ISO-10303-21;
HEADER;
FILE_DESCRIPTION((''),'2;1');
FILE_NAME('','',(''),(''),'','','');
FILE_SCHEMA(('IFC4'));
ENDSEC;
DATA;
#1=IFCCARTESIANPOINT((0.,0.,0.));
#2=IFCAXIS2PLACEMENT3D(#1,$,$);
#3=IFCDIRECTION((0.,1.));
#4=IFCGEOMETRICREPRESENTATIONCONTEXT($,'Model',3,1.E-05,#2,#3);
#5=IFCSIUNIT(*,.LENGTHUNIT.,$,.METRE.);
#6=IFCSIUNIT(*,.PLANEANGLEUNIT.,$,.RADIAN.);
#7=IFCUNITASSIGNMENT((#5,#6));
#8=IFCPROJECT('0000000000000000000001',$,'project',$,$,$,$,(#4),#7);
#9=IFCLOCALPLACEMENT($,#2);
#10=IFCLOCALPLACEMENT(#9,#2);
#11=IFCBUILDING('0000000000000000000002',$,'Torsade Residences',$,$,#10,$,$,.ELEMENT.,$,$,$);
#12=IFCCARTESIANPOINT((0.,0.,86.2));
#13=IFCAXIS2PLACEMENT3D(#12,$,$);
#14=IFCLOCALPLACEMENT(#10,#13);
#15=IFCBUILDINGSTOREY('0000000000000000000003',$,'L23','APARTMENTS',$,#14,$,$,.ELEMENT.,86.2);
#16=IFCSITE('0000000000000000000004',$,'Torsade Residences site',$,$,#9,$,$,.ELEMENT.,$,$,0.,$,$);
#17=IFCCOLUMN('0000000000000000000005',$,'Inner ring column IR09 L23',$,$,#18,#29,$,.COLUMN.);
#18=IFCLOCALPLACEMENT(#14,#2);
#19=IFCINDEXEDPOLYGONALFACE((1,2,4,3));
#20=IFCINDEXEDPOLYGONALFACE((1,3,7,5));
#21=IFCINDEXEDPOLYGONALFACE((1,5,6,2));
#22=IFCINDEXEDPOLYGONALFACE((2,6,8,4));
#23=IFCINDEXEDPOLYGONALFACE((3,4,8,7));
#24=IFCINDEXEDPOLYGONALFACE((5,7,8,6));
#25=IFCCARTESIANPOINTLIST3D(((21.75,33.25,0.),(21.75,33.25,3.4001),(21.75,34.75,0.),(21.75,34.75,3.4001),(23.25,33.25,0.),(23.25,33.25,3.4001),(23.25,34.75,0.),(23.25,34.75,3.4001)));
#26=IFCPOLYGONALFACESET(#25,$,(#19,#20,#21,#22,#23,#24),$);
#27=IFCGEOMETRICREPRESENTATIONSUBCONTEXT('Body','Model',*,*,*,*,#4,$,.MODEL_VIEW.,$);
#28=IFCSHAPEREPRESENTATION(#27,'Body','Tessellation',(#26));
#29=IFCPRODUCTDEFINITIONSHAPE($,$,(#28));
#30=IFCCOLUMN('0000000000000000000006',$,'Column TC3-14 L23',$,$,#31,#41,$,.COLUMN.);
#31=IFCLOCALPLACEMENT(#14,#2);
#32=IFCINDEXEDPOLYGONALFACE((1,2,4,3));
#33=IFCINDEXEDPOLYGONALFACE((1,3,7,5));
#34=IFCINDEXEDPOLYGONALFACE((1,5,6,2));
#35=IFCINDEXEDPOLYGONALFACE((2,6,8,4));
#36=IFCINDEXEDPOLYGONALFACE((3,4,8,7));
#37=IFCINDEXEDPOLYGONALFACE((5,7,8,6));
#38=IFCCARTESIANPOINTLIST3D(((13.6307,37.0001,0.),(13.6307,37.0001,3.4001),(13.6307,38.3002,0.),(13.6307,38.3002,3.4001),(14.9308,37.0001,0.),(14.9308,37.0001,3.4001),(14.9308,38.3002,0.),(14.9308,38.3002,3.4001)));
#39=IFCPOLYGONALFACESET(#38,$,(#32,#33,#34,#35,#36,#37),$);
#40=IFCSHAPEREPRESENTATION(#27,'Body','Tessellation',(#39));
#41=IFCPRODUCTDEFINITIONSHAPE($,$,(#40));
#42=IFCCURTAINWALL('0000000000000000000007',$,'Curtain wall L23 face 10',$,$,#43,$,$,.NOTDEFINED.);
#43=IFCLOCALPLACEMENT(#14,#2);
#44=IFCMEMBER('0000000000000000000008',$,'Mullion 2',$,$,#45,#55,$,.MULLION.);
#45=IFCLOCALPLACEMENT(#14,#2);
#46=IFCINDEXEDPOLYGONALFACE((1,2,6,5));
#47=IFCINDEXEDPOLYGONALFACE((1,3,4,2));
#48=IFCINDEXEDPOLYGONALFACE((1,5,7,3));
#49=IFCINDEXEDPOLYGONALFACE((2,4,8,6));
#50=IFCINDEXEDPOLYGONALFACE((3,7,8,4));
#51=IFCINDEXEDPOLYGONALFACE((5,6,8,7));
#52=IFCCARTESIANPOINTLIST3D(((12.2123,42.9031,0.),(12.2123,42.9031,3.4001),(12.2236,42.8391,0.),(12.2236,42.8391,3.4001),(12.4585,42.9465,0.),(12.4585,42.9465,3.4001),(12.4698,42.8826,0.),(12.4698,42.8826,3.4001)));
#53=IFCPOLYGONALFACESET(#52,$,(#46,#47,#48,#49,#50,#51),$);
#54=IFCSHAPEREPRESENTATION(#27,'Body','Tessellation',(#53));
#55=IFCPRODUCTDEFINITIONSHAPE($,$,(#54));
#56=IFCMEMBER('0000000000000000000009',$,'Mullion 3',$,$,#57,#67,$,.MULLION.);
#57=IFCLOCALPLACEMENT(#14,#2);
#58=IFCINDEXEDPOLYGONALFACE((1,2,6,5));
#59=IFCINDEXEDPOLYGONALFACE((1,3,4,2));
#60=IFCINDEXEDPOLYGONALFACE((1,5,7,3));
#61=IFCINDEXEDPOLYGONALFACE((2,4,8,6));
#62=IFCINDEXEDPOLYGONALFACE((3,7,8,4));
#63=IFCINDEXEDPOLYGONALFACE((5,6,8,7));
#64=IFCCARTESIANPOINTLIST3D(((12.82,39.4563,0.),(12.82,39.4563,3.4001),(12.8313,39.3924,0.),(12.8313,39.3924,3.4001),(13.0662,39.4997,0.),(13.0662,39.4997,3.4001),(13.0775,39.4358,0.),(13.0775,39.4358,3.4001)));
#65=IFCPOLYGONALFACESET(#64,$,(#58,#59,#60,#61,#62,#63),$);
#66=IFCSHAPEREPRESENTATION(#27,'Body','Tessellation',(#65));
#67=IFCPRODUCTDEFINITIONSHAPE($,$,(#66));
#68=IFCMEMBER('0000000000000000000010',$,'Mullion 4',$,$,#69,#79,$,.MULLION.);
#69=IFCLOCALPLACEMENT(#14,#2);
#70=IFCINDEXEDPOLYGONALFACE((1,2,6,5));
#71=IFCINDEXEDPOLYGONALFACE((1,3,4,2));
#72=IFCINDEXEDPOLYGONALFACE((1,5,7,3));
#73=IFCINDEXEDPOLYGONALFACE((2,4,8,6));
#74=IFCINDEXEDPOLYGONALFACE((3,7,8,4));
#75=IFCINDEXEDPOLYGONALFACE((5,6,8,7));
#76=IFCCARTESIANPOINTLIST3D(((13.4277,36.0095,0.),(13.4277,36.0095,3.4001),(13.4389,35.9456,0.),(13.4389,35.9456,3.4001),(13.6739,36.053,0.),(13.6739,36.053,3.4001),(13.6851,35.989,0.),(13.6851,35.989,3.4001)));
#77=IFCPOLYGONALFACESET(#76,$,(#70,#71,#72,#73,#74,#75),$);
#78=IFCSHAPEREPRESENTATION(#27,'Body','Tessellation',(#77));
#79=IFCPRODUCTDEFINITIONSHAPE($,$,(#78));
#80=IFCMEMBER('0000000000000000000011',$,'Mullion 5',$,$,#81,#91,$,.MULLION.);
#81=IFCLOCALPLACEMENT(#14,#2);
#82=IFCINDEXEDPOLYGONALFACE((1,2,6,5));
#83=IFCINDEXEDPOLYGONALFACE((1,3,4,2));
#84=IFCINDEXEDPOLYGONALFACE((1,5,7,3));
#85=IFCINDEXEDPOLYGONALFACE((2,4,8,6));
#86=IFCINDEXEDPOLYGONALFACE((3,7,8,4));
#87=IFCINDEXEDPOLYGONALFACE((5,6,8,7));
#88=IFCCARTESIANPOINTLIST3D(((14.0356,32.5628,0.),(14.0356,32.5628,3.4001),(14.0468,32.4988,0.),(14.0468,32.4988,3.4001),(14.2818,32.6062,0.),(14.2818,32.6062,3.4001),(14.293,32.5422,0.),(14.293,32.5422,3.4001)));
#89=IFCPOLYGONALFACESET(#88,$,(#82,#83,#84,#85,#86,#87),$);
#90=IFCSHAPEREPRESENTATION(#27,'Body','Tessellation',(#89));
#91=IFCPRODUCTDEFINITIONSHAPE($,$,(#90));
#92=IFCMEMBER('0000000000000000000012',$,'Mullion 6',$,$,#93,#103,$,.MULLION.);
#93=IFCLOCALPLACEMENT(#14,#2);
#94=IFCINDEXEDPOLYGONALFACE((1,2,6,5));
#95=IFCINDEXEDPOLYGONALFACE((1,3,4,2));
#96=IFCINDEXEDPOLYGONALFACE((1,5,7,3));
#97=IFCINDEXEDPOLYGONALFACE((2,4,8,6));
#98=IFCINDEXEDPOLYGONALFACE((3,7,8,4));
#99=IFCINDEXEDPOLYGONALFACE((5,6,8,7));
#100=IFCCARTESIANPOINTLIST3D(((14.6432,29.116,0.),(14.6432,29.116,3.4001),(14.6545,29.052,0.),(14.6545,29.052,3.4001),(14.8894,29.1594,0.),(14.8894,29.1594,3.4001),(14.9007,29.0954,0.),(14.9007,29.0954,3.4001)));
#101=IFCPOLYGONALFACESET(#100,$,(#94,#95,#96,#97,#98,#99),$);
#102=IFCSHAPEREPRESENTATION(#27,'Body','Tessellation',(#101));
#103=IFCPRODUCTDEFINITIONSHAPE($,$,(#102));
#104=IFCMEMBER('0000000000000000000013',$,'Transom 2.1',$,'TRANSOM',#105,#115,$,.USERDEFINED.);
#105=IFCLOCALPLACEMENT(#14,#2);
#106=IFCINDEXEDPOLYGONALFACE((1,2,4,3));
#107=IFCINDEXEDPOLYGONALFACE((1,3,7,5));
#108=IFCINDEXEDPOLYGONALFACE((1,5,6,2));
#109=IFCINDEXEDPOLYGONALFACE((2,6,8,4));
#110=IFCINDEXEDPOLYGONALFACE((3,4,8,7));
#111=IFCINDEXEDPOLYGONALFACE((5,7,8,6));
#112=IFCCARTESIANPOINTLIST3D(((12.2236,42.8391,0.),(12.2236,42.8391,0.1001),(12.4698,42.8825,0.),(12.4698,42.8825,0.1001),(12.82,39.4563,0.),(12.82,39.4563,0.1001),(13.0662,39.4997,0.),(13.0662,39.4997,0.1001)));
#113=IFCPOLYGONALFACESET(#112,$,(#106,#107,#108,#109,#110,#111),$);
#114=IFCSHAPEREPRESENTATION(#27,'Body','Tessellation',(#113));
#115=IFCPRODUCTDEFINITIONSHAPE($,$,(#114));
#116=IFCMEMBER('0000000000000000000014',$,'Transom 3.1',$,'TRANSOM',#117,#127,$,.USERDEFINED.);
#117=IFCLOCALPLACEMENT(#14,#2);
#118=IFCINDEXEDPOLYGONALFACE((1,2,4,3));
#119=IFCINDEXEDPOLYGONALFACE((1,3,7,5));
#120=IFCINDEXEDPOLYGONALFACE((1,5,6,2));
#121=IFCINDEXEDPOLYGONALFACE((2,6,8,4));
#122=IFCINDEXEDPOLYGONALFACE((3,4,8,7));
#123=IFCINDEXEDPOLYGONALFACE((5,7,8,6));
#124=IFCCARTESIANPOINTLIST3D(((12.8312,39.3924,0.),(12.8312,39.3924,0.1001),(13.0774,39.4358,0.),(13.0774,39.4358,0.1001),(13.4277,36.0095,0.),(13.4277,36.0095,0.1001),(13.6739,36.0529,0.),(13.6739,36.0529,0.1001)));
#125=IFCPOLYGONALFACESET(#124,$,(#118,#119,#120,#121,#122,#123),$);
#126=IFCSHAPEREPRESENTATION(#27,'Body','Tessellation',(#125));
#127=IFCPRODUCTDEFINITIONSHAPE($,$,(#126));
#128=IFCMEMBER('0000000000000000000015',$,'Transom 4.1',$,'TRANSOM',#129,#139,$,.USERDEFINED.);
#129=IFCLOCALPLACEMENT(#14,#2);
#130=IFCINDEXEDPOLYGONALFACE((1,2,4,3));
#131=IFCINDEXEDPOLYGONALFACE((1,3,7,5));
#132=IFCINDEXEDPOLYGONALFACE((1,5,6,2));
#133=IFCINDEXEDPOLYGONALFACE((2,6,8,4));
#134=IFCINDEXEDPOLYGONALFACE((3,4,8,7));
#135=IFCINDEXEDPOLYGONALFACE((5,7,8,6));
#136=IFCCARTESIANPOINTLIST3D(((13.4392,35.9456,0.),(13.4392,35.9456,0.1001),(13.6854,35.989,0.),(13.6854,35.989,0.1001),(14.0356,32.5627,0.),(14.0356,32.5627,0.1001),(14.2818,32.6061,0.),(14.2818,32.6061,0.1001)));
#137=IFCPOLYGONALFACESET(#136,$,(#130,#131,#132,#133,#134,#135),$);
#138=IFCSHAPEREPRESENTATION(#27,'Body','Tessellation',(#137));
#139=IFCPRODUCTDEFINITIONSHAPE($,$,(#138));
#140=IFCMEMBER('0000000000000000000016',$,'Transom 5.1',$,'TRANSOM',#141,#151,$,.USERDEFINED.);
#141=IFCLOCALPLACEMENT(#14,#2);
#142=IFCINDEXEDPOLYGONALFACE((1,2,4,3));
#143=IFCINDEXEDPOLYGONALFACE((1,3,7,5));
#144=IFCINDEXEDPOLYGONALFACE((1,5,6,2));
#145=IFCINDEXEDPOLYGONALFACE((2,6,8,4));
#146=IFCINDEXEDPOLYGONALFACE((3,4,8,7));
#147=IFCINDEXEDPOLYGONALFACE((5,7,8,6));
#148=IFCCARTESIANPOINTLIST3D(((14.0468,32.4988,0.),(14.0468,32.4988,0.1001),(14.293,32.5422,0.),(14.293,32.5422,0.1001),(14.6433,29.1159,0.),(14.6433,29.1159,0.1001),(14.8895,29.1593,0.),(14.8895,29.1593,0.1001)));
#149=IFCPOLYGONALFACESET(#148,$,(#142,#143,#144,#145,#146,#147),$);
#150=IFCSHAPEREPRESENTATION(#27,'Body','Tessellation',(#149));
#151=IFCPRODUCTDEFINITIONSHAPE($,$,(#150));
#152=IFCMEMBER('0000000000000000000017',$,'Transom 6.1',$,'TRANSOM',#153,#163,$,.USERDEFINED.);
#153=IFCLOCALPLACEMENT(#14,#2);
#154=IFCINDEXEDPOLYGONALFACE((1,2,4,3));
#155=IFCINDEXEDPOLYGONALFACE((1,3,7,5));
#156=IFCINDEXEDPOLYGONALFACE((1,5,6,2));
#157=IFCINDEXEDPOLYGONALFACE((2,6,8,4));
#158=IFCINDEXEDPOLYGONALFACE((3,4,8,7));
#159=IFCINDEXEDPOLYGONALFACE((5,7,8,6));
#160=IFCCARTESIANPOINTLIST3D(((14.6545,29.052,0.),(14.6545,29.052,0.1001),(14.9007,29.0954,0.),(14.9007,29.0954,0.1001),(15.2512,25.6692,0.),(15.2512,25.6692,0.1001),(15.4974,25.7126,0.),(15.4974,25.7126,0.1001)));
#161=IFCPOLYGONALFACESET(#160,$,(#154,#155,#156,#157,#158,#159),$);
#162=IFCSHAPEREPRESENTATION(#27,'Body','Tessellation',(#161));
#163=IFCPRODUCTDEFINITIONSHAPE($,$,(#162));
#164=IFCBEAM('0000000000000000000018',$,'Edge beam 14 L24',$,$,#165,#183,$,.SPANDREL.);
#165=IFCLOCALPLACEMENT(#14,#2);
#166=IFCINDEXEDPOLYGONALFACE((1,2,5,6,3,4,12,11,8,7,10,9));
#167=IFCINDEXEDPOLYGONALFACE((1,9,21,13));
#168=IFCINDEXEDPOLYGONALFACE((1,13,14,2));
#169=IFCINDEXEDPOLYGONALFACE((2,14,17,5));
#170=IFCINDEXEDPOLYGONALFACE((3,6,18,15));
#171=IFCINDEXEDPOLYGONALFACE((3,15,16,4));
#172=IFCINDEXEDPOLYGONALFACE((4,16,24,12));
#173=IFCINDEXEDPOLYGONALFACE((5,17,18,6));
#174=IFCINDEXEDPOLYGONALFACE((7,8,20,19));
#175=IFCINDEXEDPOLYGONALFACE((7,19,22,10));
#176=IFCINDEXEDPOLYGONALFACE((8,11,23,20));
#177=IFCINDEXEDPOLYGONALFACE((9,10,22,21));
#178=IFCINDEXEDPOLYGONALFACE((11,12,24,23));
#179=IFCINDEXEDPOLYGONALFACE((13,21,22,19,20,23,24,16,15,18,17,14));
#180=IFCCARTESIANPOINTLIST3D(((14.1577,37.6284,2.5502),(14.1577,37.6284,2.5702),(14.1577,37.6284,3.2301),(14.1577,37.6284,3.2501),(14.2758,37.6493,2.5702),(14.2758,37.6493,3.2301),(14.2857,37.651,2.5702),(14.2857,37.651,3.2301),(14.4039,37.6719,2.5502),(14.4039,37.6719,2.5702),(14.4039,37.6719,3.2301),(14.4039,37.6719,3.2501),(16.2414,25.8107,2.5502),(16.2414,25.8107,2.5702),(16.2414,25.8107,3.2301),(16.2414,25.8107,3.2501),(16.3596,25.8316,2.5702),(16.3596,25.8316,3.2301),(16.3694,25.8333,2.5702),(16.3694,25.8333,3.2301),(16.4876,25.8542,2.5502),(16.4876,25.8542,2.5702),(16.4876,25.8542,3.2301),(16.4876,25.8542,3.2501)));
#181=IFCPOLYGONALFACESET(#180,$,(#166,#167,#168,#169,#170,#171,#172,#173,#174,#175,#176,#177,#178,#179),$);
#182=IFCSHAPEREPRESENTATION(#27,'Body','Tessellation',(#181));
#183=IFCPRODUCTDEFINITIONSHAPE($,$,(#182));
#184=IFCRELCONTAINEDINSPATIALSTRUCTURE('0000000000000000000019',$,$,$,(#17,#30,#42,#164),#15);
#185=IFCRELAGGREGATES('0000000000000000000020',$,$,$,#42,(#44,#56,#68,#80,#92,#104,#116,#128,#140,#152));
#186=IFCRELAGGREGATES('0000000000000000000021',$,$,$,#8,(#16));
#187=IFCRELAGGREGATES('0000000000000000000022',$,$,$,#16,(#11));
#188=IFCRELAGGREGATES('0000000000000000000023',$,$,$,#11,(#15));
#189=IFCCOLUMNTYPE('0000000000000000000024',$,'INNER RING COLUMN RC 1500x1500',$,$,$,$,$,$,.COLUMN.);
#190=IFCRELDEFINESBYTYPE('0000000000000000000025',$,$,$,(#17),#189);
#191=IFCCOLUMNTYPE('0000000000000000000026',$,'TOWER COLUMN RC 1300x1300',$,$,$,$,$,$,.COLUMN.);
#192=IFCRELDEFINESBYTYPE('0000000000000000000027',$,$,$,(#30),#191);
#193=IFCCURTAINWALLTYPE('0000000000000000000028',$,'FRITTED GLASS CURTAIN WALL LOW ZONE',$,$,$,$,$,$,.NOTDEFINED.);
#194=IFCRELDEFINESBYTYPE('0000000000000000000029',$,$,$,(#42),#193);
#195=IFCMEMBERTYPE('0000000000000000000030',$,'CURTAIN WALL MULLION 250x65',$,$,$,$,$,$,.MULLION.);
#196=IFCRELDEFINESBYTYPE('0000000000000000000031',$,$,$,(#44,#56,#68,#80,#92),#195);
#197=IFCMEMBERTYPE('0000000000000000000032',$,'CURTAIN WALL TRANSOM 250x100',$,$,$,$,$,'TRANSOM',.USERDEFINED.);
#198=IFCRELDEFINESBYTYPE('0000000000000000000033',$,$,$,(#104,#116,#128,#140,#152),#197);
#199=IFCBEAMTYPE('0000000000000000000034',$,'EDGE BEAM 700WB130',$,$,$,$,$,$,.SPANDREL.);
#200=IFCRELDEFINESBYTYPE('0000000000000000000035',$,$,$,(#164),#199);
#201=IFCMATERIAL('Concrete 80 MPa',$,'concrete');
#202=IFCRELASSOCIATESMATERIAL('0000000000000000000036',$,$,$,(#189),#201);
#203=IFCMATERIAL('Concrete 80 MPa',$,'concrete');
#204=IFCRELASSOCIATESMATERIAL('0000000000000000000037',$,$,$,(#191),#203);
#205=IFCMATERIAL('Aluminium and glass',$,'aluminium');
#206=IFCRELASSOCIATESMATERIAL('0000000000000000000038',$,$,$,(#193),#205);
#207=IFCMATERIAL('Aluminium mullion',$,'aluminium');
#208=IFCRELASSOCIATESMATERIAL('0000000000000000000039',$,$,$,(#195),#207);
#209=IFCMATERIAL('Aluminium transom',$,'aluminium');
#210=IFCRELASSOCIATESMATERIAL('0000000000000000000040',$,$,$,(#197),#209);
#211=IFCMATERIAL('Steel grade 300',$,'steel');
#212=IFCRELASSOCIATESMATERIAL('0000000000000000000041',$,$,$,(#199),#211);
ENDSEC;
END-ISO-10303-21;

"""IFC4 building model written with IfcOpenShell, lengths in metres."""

from ifc_helpers import new_model, si_unit, direction, frame, origin, origin_2d, place, context, subcontext, project, spatial, rectangle, i_section, extrude, material, material_profile, profile_set, type_object, element, aggregate, save


model = new_model("IFC4")

# Units and contexts
model_context = context("Model", 3, precision=1e-05, world=origin(), true_north=direction((0.0, 1.0)))
body_context = subcontext(model_context, "Body", "Model", "MODEL_VIEW")
ifc_project = project(units=[si_unit("LENGTHUNIT", "METRE"), si_unit("PLANEANGLEUNIT", "RADIAN")], contexts=[model_context])

# Site, building, storey
site_placement = place(None, origin())
site = spatial("IfcSite", under=ifc_project, at=site_placement, Name="Torsade Residences site", CompositionType="ELEMENT", RefElevation=0.0)
building_placement = place(site_placement, origin())
building = spatial("IfcBuilding", under=site, at=building_placement, Name="Torsade Residences", CompositionType="ELEMENT")
storey_placement = place(building_placement, frame((0.0, 0.0, 86.2)))
storey = spatial("IfcBuildingStorey", under=building, at=storey_placement, Name="L23", Description="APARTMENTS", CompositionType="ELEMENT", Elevation=86.2)

# Columns
ifc_material_1 = material(Name="Concrete 80 MPa", Category="concrete")
ifc_material_profile_1 = material_profile(ifc_material_1, rectangle(XDim=1.5, YDim=1.5, at=origin_2d()), Name="RC 1500x1500")
ifc_profile_set_1 = profile_set([ifc_material_profile_1], Name="Concrete 80 MPa")
column_type_1 = type_object("IfcColumnType", Name="INNER RING COLUMN RC 1500x1500", PredefinedType="COLUMN", material=ifc_profile_set_1)
column_1_placement = place(storey_placement, frame((22.5, 34.0, 0.0), z_axis=(0.0, 0.0, 1.0), x_axis=(1.0, 0.0, 0.0)))
element("IfcColumn", 1, at=column_1_placement, inside=storey, type_object=column_type_1, Name="Inner ring column IR09 L23", PredefinedType="COLUMN", context=body_context, shape_type="SweptSolid", body=[
    extrude(rectangle(XDim=1.5, YDim=1.5, at=origin_2d()), origin(), (0.0, 0.0, 1.0), 3.4001),
])
ifc_material_2 = material(Name="Concrete 80 MPa", Category="concrete")
ifc_material_profile_2 = material_profile(ifc_material_2, rectangle(XDim=1.3, YDim=1.3, at=origin_2d()), Name="RC 1300x1300")
ifc_profile_set_2 = profile_set([ifc_material_profile_2], Name="Concrete 80 MPa")
column_type_2 = type_object("IfcColumnType", Name="TOWER COLUMN RC 1300x1300", PredefinedType="COLUMN", material=ifc_profile_set_2)
column_2_placement = place(storey_placement, frame((14.2808, 37.6501, 0.0), z_axis=(0.0, 0.0, 1.0), x_axis=(1.0, 0.0, 0.0)))
element("IfcColumn", 2, at=column_2_placement, inside=storey, type_object=column_type_2, Name="Column TC3-14 L23", PredefinedType="COLUMN", context=body_context, shape_type="SweptSolid", body=[
    extrude(rectangle(XDim=1.3, YDim=1.3, at=origin_2d()), origin(), (0.0, 0.0, 1.0), 3.4001),
])

# Curtain wall, members
ifc_material_3 = material(Name="Aluminium and glass", Category="aluminium")
curtain_wall_type = type_object("IfcCurtainWallType", Name="FRITTED GLASS CURTAIN WALL LOW ZONE", PredefinedType="NOTDEFINED", material=ifc_material_3)
curtain_wall_placement = place(storey_placement, origin())
curtain_wall = element("IfcCurtainWall", 3, at=curtain_wall_placement, inside=storey, type_object=curtain_wall_type, Name="Curtain wall L23 face 10", PredefinedType="NOTDEFINED")
ifc_material_4 = material(Name="Aluminium mullion", Category="aluminium")
ifc_material_profile_3 = material_profile(ifc_material_4, rectangle(XDim=0.25, YDim=0.0649, at=origin_2d()), Name="CURTAIN WALL MULLION 250x65")
ifc_profile_set_3 = profile_set([ifc_material_profile_3], Name="Aluminium mullion")
member_type_1 = type_object("IfcMemberType", Name="CURTAIN WALL MULLION 250x65", PredefinedType="MULLION", material=ifc_profile_set_3)
member_1_placement = place(storey_placement, frame((12.3411, 42.8928, 0.0), z_axis=(0.0, 0.0, 1.0), x_axis=(0.984808, 0.173648, 0.0)))
member_1 = element("IfcMember", 4, at=member_1_placement, type_object=member_type_1, Name="Mullion 2", PredefinedType="MULLION", context=body_context, shape_type="SweptSolid", body=[
    extrude(rectangle(XDim=0.25, YDim=0.0649, at=origin_2d()), origin(), (0.0, 0.0, 1.0), 3.4001),
])
member_2_placement = place(storey_placement, frame((12.9487, 39.446, 0.0), z_axis=(0.0, 0.0, 1.0), x_axis=(0.984808, 0.173648, 0.0)))
member_2 = element("IfcMember", 5, at=member_2_placement, type_object=member_type_1, Name="Mullion 3", PredefinedType="MULLION", context=body_context, shape_type="SweptSolid", body=[
    extrude(rectangle(XDim=0.25, YDim=0.0649, at=origin_2d()), origin(), (0.0, 0.0, 1.0), 3.4001),
])
member_3_placement = place(storey_placement, frame((13.5564, 35.9993, 0.0), z_axis=(0.0, 0.0, 1.0), x_axis=(0.984808, 0.173648, 0.0)))
member_3 = element("IfcMember", 6, at=member_3_placement, type_object=member_type_1, Name="Mullion 4", PredefinedType="MULLION", context=body_context, shape_type="SweptSolid", body=[
    extrude(rectangle(XDim=0.25, YDim=0.0649, at=origin_2d()), origin(), (0.0, 0.0, 1.0), 3.4001),
])
member_4_placement = place(storey_placement, frame((14.1643, 32.5525, 0.0), z_axis=(0.0, 0.0, 1.0), x_axis=(0.984808, 0.173648, 0.0)))
member_4 = element("IfcMember", 7, at=member_4_placement, type_object=member_type_1, Name="Mullion 5", PredefinedType="MULLION", context=body_context, shape_type="SweptSolid", body=[
    extrude(rectangle(XDim=0.25, YDim=0.0649, at=origin_2d()), origin(), (0.0, 0.0, 1.0), 3.4001),
])
member_5_placement = place(storey_placement, frame((14.772, 29.1057, 0.0), z_axis=(0.0, 0.0, 1.0), x_axis=(0.984808, 0.173648, 0.0)))
member_5 = element("IfcMember", 8, at=member_5_placement, type_object=member_type_1, Name="Mullion 6", PredefinedType="MULLION", context=body_context, shape_type="SweptSolid", body=[
    extrude(rectangle(XDim=0.25, YDim=0.0649, at=origin_2d()), origin(), (0.0, 0.0, 1.0), 3.4001),
])
ifc_material_5 = material(Name="Aluminium transom", Category="aluminium")
ifc_material_profile_4 = material_profile(ifc_material_5, rectangle(XDim=0.25, YDim=0.1001, at=origin_2d()), Name="CURTAIN WALL TRANSOM 250x100")
ifc_profile_set_4 = profile_set([ifc_material_profile_4], Name="Aluminium transom")
member_type_2 = type_object("IfcMemberType", Name="CURTAIN WALL TRANSOM 250x100", ElementType="TRANSOM", PredefinedType="USERDEFINED", material=ifc_profile_set_4)
member_6_placement = place(storey_placement, frame((12.3467, 42.8608, 0.05), z_axis=(0.173635, -0.98481, 0.0), x_axis=(0.98481, 0.173635, 0.0)))
member_6 = element("IfcMember", 9, at=member_6_placement, type_object=member_type_2, Name="Transom 2.1", ObjectType="TRANSOM", PredefinedType="USERDEFINED", context=body_context, shape_type="SweptSolid", body=[
    extrude(rectangle(XDim=0.25, YDim=0.1001, at=origin_2d()), origin(), (0.0, 0.0, 1.0), 3.4351),
])
member_7_placement = place(storey_placement, frame((12.9543, 39.4141, 0.05), z_axis=(0.173635, -0.98481, 0.0), x_axis=(0.98481, 0.173635, 0.0)))
member_7 = element("IfcMember", 10, at=member_7_placement, type_object=member_type_2, Name="Transom 3.1", ObjectType="TRANSOM", PredefinedType="USERDEFINED", context=body_context, shape_type="SweptSolid", body=[
    extrude(rectangle(XDim=0.25, YDim=0.1001, at=origin_2d()), origin(), (0.0, 0.0, 1.0), 3.4351),
])
member_8_placement = place(storey_placement, frame((13.5623, 35.9673, 0.05), z_axis=(0.173635, -0.98481, 0.0), x_axis=(0.98481, 0.173635, 0.0)))
member_8 = element("IfcMember", 11, at=member_8_placement, type_object=member_type_2, Name="Transom 4.1", ObjectType="TRANSOM", PredefinedType="USERDEFINED", context=body_context, shape_type="SweptSolid", body=[
    extrude(rectangle(XDim=0.25, YDim=0.1001, at=origin_2d()), origin(), (0.0, 0.0, 1.0), 3.4351),
])
member_9_placement = place(storey_placement, frame((14.1699, 32.5205, 0.05), z_axis=(0.173635, -0.98481, 0.0), x_axis=(0.98481, 0.173635, 0.0)))
member_9 = element("IfcMember", 12, at=member_9_placement, type_object=member_type_2, Name="Transom 5.1", ObjectType="TRANSOM", PredefinedType="USERDEFINED", context=body_context, shape_type="SweptSolid", body=[
    extrude(rectangle(XDim=0.25, YDim=0.1001, at=origin_2d()), origin(), (0.0, 0.0, 1.0), 3.4351),
])
member_10_placement = place(storey_placement, frame((14.7776, 29.0737, 0.05), z_axis=(0.173704, -0.984798, 0.0), x_axis=(0.984798, 0.173704, 0.0)))
member_10 = element("IfcMember", 13, at=member_10_placement, type_object=member_type_2, Name="Transom 6.1", ObjectType="TRANSOM", PredefinedType="USERDEFINED", context=body_context, shape_type="SweptSolid", body=[
    extrude(rectangle(XDim=0.25, YDim=0.1001, at=origin_2d()), origin(), (0.0, 0.0, 1.0), 3.4351),
])

# Beam
ifc_material_6 = material(Name="Steel grade 300", Category="steel")
ifc_material_profile_5 = material_profile(ifc_material_6, i_section(OverallWidth=0.25, OverallDepth=0.7, WebThickness=0.01, FlangeThickness=0.02, at=origin_2d()), Name="700WB130")
ifc_profile_set_5 = profile_set([ifc_material_profile_5], Name="Steel grade 300")
beam_type_1 = type_object("IfcBeamType", Name="EDGE BEAM 700WB130", PredefinedType="SPANDREL", material=ifc_profile_set_5)
beam_1_placement = place(storey_placement, frame((14.2808, 37.6501, 2.9001), z_axis=(0.173646, -0.984808, 0.0), x_axis=(0.984808, 0.173646, 0.0)))
element("IfcBeam", 14, at=beam_1_placement, inside=storey, type_object=beam_type_1, Name="Edge beam 14 L24", PredefinedType="SPANDREL", context=body_context, shape_type="SweptSolid", body=[
    extrude(i_section(OverallWidth=0.25, OverallDepth=0.7, WebThickness=0.01, FlangeThickness=0.02, at=origin_2d()), origin(), (0.0, 0.0, 1.0), 12.0),
])

aggregate(curtain_wall, [member_1, member_2, member_3, member_4, member_5, member_6, member_7, member_8, member_9, member_10])

save(model, "model.ifc")
